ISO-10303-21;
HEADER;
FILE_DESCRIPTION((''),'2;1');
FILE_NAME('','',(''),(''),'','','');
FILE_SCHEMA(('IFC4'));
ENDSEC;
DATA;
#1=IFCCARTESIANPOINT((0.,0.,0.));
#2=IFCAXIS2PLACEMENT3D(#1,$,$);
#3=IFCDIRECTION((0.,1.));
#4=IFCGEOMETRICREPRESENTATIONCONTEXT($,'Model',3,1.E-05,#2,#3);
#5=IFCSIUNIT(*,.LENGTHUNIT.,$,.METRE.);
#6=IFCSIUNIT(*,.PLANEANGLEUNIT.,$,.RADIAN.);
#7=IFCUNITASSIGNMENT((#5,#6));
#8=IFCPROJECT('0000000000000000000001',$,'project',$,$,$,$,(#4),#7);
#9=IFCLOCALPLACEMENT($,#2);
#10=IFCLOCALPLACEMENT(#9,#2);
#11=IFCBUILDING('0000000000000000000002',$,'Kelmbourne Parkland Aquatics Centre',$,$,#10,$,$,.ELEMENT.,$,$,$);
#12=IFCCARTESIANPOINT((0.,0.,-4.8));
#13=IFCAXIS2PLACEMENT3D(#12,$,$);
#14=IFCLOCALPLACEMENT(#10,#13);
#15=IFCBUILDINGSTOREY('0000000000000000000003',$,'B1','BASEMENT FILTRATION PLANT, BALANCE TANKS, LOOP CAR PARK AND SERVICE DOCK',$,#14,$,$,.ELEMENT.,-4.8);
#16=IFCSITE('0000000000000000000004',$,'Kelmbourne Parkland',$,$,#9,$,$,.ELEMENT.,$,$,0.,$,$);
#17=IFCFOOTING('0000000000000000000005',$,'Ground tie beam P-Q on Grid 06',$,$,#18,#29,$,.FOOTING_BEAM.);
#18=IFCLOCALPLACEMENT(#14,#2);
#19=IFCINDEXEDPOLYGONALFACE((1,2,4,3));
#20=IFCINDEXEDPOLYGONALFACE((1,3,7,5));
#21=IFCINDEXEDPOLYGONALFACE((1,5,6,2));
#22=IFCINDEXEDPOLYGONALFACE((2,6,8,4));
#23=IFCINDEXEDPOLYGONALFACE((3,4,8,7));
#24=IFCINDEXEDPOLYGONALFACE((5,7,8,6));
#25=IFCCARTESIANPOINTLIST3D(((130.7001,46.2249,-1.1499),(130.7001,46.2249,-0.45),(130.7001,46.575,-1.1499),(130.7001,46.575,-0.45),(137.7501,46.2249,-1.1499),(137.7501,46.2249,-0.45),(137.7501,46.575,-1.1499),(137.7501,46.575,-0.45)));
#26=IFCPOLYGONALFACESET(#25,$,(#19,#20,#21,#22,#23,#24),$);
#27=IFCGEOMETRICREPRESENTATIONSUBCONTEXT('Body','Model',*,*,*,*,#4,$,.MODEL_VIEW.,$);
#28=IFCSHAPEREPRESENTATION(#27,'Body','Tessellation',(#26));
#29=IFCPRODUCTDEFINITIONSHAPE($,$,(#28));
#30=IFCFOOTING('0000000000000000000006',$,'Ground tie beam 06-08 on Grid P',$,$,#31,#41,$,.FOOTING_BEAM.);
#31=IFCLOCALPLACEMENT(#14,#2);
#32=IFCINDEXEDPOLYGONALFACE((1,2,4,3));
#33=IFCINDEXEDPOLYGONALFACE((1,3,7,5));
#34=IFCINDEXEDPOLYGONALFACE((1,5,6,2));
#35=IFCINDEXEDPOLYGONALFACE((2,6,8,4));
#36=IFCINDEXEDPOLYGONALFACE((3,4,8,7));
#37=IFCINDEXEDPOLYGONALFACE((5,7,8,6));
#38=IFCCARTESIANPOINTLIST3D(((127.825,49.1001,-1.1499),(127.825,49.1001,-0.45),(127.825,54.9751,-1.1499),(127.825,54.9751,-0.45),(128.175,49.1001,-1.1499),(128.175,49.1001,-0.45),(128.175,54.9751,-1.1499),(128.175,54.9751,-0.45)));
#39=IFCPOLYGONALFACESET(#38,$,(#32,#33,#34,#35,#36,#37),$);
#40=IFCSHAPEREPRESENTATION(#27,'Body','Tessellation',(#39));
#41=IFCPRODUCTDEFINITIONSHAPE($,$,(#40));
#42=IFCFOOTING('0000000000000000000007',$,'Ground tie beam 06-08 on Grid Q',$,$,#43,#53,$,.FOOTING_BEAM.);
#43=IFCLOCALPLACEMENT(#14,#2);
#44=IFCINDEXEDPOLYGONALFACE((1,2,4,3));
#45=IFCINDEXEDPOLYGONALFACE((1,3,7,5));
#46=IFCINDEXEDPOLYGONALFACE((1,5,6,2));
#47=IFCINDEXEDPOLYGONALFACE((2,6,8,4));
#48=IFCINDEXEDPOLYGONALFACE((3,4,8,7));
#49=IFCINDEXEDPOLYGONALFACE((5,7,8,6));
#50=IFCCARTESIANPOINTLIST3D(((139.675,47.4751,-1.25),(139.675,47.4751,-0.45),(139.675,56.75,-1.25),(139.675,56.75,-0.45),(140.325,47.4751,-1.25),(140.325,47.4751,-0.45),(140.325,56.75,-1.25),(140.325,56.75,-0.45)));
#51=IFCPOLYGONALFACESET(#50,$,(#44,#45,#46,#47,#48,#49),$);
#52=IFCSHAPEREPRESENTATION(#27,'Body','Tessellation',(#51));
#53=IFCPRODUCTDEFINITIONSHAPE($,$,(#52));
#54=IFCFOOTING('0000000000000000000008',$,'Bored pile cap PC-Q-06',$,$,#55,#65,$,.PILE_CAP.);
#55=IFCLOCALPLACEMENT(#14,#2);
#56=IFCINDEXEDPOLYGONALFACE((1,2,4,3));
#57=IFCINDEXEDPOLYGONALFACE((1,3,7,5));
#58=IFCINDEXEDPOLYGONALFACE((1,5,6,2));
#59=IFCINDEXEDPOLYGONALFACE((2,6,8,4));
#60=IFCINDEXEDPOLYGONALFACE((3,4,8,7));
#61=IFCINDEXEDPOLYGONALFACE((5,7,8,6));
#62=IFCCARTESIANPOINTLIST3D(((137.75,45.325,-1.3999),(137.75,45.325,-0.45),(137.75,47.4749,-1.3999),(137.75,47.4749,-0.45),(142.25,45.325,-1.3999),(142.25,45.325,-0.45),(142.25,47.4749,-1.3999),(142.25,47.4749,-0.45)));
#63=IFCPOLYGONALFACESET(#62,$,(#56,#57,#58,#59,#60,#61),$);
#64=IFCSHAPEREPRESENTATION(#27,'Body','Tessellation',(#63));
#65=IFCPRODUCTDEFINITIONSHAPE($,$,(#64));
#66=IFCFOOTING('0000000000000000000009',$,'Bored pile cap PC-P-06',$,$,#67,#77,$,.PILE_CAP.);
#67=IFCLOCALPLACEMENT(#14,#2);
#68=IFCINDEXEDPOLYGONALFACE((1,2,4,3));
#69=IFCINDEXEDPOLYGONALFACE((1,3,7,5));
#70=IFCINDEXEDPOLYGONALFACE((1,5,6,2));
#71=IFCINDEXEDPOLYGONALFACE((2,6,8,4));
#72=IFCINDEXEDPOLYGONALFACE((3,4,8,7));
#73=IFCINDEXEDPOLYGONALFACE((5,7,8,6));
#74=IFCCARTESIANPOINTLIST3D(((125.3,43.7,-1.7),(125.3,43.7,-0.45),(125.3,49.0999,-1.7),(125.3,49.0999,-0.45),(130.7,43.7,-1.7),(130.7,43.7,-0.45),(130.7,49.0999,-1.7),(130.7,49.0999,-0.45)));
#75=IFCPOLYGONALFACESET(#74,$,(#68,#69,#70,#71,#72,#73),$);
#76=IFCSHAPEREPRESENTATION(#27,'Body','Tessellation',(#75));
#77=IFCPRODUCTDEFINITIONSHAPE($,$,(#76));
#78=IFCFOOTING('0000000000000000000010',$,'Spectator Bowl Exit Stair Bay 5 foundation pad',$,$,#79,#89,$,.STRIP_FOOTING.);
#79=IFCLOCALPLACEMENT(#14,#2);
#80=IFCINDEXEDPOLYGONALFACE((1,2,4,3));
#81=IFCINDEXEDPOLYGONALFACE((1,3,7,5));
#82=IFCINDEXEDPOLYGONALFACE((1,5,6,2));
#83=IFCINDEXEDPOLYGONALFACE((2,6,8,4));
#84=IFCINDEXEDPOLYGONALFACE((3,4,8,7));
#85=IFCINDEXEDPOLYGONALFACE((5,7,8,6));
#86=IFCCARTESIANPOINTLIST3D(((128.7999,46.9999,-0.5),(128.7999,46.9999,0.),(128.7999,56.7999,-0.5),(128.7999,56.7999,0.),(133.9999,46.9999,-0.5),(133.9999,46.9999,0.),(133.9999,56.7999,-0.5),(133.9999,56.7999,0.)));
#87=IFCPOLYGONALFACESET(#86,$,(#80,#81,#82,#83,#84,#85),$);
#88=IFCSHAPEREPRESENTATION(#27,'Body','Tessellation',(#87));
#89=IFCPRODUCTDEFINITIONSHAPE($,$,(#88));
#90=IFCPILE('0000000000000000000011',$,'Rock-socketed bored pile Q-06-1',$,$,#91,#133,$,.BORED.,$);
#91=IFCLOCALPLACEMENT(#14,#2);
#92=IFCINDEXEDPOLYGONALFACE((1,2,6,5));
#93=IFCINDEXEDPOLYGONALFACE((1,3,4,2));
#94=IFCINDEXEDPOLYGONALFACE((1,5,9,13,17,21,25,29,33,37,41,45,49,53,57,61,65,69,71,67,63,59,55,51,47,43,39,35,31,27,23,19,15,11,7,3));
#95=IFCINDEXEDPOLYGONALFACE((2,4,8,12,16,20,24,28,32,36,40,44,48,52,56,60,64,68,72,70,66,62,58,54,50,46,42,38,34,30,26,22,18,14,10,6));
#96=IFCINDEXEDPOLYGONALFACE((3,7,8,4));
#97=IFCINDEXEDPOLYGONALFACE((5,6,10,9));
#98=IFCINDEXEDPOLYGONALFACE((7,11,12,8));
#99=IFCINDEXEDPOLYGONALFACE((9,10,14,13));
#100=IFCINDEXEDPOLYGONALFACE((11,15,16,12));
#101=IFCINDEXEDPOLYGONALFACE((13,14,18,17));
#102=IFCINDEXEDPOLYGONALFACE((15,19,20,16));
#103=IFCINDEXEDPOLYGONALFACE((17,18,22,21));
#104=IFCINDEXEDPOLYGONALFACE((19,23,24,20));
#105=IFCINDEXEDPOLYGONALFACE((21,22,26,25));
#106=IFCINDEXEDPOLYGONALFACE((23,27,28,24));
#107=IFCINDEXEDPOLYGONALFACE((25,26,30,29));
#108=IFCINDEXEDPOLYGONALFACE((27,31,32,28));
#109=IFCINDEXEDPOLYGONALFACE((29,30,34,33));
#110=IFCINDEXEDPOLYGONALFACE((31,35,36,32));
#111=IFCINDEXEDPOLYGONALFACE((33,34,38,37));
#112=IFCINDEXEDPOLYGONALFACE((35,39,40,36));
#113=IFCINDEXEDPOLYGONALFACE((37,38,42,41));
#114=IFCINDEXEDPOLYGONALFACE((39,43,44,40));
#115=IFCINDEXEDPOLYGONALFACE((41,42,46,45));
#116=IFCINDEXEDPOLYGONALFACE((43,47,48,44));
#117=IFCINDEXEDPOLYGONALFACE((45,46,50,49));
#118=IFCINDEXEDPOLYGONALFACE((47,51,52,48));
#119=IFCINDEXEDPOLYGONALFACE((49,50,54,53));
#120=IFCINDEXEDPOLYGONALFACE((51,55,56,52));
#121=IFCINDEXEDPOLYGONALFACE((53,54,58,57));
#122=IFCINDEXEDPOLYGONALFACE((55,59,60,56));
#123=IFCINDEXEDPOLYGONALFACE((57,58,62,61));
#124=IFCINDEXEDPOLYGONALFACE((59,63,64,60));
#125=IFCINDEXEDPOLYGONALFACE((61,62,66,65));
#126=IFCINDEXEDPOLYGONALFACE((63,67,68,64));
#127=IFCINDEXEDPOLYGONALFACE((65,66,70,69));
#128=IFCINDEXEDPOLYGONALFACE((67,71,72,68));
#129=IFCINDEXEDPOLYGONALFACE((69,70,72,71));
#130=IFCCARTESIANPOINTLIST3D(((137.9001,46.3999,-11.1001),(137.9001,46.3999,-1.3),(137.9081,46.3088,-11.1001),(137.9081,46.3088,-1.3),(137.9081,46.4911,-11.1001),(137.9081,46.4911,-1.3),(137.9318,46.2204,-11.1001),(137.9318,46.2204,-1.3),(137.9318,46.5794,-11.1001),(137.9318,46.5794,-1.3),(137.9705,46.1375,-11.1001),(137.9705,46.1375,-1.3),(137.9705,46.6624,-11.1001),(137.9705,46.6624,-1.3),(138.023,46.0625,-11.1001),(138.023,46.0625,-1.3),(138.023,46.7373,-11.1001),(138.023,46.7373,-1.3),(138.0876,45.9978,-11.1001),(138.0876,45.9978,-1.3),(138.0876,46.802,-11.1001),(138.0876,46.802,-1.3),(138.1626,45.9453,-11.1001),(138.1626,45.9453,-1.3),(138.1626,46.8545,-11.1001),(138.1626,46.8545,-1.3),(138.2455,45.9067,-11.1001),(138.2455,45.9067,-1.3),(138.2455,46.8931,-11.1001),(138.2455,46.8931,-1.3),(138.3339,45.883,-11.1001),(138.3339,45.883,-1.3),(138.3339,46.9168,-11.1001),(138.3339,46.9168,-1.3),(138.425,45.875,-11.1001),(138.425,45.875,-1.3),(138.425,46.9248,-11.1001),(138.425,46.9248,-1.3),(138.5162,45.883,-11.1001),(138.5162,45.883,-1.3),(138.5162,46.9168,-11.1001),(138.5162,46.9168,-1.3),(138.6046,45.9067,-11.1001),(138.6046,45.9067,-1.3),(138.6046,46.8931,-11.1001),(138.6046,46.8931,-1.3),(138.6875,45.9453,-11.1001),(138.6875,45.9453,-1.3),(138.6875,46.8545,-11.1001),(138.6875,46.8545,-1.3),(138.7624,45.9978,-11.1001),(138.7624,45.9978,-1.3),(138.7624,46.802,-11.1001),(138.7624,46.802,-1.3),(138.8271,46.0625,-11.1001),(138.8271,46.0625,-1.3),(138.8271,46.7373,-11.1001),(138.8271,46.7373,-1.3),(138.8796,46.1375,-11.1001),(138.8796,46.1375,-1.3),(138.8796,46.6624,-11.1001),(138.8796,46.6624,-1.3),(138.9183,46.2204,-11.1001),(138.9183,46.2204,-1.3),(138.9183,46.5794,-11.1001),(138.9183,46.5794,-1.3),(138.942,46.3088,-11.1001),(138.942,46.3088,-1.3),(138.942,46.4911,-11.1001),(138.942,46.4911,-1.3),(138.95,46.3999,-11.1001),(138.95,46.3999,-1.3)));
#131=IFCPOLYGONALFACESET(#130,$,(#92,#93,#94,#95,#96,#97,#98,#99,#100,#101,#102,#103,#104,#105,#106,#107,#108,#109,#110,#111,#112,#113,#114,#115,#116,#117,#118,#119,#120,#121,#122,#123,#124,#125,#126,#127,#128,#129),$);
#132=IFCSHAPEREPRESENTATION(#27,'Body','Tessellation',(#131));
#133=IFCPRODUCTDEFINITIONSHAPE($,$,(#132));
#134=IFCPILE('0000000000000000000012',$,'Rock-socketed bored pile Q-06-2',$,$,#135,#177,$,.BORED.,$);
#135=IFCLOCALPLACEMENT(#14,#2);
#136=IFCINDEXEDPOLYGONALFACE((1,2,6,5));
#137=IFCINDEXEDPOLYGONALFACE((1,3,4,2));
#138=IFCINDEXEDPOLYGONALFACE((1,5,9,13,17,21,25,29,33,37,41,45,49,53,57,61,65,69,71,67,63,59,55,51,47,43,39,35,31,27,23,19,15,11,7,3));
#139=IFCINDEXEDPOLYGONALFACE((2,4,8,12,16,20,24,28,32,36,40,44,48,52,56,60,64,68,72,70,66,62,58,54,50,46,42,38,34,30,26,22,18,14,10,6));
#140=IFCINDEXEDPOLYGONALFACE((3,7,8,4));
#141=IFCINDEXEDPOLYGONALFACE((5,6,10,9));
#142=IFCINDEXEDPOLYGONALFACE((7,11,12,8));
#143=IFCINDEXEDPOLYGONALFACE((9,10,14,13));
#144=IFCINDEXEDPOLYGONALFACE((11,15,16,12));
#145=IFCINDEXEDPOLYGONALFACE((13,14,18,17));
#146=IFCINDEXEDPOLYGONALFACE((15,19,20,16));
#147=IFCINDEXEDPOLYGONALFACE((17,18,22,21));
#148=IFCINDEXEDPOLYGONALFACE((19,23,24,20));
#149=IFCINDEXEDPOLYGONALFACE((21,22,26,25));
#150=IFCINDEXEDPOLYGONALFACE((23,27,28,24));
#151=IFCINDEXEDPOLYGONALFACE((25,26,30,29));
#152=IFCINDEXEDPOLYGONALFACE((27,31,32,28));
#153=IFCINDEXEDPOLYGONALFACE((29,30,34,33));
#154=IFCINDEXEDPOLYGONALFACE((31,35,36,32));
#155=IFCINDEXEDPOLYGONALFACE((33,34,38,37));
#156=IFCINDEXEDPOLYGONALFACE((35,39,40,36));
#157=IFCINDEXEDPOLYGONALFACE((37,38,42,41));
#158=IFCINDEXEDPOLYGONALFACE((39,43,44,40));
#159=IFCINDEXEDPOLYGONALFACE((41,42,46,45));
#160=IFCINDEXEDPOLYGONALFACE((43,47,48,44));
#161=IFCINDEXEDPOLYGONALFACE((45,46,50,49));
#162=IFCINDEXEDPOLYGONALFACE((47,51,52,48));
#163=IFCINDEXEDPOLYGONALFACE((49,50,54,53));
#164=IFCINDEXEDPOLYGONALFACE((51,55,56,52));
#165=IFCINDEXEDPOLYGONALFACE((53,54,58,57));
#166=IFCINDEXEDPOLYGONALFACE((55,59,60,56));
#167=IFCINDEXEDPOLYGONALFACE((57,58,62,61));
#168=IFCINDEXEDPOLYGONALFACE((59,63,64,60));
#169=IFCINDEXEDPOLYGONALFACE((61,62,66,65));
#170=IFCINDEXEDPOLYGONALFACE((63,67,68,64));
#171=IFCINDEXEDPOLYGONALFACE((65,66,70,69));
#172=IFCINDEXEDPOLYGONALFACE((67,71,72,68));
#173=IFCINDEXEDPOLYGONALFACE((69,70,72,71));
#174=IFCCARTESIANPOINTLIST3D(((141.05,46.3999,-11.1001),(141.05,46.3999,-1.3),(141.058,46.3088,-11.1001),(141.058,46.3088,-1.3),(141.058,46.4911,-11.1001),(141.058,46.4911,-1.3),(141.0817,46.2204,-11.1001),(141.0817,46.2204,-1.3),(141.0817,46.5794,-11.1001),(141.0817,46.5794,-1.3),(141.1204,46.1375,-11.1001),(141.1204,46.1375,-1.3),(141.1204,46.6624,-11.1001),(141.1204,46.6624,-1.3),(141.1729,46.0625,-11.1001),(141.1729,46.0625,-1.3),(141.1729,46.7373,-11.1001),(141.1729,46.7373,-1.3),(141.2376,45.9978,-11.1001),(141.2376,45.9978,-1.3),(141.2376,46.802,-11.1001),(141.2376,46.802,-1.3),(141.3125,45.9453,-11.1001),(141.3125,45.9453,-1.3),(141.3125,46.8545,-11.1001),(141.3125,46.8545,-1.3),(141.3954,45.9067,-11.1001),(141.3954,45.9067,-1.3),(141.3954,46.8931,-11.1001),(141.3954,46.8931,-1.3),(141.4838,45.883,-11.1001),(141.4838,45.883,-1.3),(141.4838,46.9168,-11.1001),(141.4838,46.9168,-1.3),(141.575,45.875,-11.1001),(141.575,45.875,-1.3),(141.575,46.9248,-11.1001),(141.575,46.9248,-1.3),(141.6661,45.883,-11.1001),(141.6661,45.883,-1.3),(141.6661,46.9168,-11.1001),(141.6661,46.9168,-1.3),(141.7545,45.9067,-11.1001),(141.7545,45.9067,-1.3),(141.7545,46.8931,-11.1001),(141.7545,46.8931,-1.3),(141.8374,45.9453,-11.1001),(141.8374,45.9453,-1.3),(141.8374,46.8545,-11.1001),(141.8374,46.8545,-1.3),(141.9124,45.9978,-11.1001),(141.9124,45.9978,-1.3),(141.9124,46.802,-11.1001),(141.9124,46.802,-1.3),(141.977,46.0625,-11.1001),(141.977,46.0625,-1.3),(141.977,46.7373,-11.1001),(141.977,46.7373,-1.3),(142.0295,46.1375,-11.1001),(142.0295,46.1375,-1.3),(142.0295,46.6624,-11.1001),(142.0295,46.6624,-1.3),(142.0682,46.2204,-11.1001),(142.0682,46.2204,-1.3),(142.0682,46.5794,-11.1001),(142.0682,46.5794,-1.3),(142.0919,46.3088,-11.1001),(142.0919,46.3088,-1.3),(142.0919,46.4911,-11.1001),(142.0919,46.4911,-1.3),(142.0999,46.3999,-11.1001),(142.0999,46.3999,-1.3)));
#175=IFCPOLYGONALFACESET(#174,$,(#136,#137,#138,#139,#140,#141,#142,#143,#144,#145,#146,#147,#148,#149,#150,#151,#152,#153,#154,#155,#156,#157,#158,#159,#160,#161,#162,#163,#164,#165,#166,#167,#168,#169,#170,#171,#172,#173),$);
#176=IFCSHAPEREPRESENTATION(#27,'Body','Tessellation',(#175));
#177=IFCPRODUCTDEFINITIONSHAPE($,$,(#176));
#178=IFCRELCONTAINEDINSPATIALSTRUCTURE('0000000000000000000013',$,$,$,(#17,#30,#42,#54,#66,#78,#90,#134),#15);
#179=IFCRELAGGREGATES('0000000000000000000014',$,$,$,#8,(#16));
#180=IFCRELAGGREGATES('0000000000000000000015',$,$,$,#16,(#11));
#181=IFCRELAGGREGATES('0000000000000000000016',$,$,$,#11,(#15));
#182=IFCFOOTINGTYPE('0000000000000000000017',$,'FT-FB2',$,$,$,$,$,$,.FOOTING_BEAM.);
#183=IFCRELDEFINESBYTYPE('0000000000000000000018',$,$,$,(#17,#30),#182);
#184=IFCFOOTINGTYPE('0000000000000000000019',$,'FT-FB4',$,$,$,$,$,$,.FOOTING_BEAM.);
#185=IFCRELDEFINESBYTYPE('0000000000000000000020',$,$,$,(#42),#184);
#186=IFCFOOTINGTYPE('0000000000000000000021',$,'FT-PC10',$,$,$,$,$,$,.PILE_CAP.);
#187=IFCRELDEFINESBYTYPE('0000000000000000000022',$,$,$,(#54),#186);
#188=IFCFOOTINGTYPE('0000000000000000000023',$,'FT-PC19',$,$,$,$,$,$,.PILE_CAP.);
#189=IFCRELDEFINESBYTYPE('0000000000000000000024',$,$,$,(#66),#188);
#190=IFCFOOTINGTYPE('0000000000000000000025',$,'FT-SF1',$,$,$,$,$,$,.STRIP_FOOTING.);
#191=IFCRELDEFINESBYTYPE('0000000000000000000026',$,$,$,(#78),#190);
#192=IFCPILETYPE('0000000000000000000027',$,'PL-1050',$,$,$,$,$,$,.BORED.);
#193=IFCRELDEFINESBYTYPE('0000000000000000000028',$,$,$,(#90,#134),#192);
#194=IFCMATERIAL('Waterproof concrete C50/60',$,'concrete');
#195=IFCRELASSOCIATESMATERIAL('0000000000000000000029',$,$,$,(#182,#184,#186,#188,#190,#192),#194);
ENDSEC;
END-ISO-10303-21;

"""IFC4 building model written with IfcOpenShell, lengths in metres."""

from ifc_helpers import new_model, si_unit, direction, frame, origin, origin_2d, place, context, subcontext, project, spatial, rectangle, circle, extrude, material, material_profile, profile_set, type_object, element, save


model = new_model("IFC4")

# Units and contexts
model_context = context("Model", 3, precision=1e-05, world=origin(), true_north=direction((0.0, 1.0)))
body_context = subcontext(model_context, "Body", "Model", "MODEL_VIEW")
ifc_project = project(units=[si_unit("LENGTHUNIT", "METRE"), si_unit("PLANEANGLEUNIT", "RADIAN")], contexts=[model_context])

# Site, building, storey
site_placement = place(None, origin())
site = spatial("IfcSite", under=ifc_project, at=site_placement, Name="Kelmbourne Parkland", CompositionType="ELEMENT", RefElevation=0.0)
building_placement = place(site_placement, origin())
building = spatial("IfcBuilding", under=site, at=building_placement, Name="Kelmbourne Parkland Aquatics Centre", CompositionType="ELEMENT")
storey_placement = place(building_placement, frame((0.0, 0.0, -4.8)))
storey = spatial("IfcBuildingStorey", under=building, at=storey_placement, Name="B1", Description="BASEMENT FILTRATION PLANT, BALANCE TANKS, LOOP CAR PARK AND SERVICE DOCK", CompositionType="ELEMENT", Elevation=-4.8)

# Footings
ifc_material_1 = material(Name="Waterproof concrete C50/60", Category="concrete")
footing_type_1 = type_object("IfcFootingType", Name="FT-FB2", PredefinedType="FOOTING_BEAM", material=ifc_material_1)
footing_1_placement = place(storey_placement, frame((134.2251, 46.3999, -1.1499), z_axis=(0.0, 0.0, 1.0), x_axis=(1.0, 0.0, 0.0)))
element("IfcFooting", 1, at=footing_1_placement, inside=storey, type_object=footing_type_1, Name="Ground tie beam P-Q on Grid 06", PredefinedType="FOOTING_BEAM", context=body_context, shape_type="SweptSolid", body=[
    extrude(rectangle(XDim=7.05, YDim=0.3501, at=origin_2d()), origin(), (0.0, 0.0, 1.0), 0.7),
])
footing_2_placement = place(storey_placement, frame((128.0, 52.0376, -1.1499), z_axis=(0.0, 0.0, 1.0), x_axis=(0.0, 1.0, 0.0)))
element("IfcFooting", 2, at=footing_2_placement, inside=storey, type_object=footing_type_1, Name="Ground tie beam 06-08 on Grid P", PredefinedType="FOOTING_BEAM", context=body_context, shape_type="SweptSolid", body=[
    extrude(rectangle(XDim=5.875, YDim=0.3501, at=origin_2d()), origin(), (0.0, 0.0, 1.0), 0.7),
])
footing_type_2 = type_object("IfcFootingType", Name="FT-FB4", PredefinedType="FOOTING_BEAM", material=ifc_material_1)
footing_3_placement = place(storey_placement, frame((140.0, 52.1125, -1.25), z_axis=(0.0, 0.0, 1.0), x_axis=(0.0, 1.0, 0.0)))
element("IfcFooting", 3, at=footing_3_placement, inside=storey, type_object=footing_type_2, Name="Ground tie beam 06-08 on Grid Q", PredefinedType="FOOTING_BEAM", context=body_context, shape_type="SweptSolid", body=[
    extrude(rectangle(XDim=9.2749, YDim=0.6499, at=origin_2d()), origin(), (0.0, 0.0, 1.0), 0.8),
])
footing_type_3 = type_object("IfcFootingType", Name="FT-PC10", PredefinedType="PILE_CAP", material=ifc_material_1)
footing_4_placement = place(storey_placement, frame((140.0, 46.3999, -1.3999), z_axis=(0.0, 0.0, 1.0), x_axis=(1.0, 0.0, 0.0)))
element("IfcFooting", 4, at=footing_4_placement, inside=storey, type_object=footing_type_3, Name="Bored pile cap PC-Q-06", PredefinedType="PILE_CAP", context=body_context, shape_type="SweptSolid", body=[
    extrude(rectangle(XDim=4.5, YDim=2.1499, at=origin_2d()), origin(), (0.0, 0.0, 1.0), 0.95),
])
footing_type_4 = type_object("IfcFootingType", Name="FT-PC19", PredefinedType="PILE_CAP", material=ifc_material_1)
footing_5_placement = place(storey_placement, frame((128.0, 46.3999, -1.7), z_axis=(0.0, 0.0, 1.0), x_axis=(1.0, 0.0, 0.0)))
element("IfcFooting", 5, at=footing_5_placement, inside=storey, type_object=footing_type_4, Name="Bored pile cap PC-P-06", PredefinedType="PILE_CAP", context=body_context, shape_type="SweptSolid", body=[
    extrude(rectangle(XDim=5.3999, YDim=5.3999, at=origin_2d()), origin(), (0.0, 0.0, 1.0), 1.25),
])
footing_type_5 = type_object("IfcFootingType", Name="FT-SF1", PredefinedType="STRIP_FOOTING", material=ifc_material_1)
footing_6_placement = place(storey_placement, frame((131.3999, 51.8999, -0.5), z_axis=(0.0, 0.0, 1.0), x_axis=(1.0, 0.0, 0.0)))
element("IfcFooting", 6, at=footing_6_placement, inside=storey, type_object=footing_type_5, Name="Spectator Bowl Exit Stair Bay 5 foundation pad", PredefinedType="STRIP_FOOTING", context=body_context, shape_type="SweptSolid", body=[
    extrude(rectangle(XDim=5.2, YDim=9.8, at=origin_2d()), origin(), (0.0, 0.0, 1.0), 0.5),
])

# Piles
ifc_material_profile_1 = material_profile(ifc_material_1, circle(Radius=0.5249, at=origin_2d()), Name="PILE D1050")
ifc_profile_set_1 = profile_set([ifc_material_profile_1], Name="Waterproof concrete C50/60")
pile_type_1 = type_object("IfcPileType", Name="PL-1050", PredefinedType="BORED", material=ifc_profile_set_1)
for number, where, z_axis, x_axis, name in (
    (7, (138.425, 46.3999, -1.3), (0.0, 0.0, -1.0), (1.0, 0.0, 0.0), "Rock-socketed bored pile Q-06-1"),
    (8, (141.575, 46.3999, -1.3), (0.0, 0.0, -1.0), (1.0, 0.0, 0.0), "Rock-socketed bored pile Q-06-2"),
):
    element("IfcPile", number, at=place(storey_placement, frame(where, z_axis=z_axis, x_axis=x_axis)), inside=storey, type_object=pile_type_1, Name=name, PredefinedType="BORED", context=body_context, shape_type="SweptSolid", body=[
        extrude(circle(Radius=0.5249, at=origin_2d()), origin(), (0.0, 0.0, 1.0), 9.8),
    ])

save(model, "model.ifc")
